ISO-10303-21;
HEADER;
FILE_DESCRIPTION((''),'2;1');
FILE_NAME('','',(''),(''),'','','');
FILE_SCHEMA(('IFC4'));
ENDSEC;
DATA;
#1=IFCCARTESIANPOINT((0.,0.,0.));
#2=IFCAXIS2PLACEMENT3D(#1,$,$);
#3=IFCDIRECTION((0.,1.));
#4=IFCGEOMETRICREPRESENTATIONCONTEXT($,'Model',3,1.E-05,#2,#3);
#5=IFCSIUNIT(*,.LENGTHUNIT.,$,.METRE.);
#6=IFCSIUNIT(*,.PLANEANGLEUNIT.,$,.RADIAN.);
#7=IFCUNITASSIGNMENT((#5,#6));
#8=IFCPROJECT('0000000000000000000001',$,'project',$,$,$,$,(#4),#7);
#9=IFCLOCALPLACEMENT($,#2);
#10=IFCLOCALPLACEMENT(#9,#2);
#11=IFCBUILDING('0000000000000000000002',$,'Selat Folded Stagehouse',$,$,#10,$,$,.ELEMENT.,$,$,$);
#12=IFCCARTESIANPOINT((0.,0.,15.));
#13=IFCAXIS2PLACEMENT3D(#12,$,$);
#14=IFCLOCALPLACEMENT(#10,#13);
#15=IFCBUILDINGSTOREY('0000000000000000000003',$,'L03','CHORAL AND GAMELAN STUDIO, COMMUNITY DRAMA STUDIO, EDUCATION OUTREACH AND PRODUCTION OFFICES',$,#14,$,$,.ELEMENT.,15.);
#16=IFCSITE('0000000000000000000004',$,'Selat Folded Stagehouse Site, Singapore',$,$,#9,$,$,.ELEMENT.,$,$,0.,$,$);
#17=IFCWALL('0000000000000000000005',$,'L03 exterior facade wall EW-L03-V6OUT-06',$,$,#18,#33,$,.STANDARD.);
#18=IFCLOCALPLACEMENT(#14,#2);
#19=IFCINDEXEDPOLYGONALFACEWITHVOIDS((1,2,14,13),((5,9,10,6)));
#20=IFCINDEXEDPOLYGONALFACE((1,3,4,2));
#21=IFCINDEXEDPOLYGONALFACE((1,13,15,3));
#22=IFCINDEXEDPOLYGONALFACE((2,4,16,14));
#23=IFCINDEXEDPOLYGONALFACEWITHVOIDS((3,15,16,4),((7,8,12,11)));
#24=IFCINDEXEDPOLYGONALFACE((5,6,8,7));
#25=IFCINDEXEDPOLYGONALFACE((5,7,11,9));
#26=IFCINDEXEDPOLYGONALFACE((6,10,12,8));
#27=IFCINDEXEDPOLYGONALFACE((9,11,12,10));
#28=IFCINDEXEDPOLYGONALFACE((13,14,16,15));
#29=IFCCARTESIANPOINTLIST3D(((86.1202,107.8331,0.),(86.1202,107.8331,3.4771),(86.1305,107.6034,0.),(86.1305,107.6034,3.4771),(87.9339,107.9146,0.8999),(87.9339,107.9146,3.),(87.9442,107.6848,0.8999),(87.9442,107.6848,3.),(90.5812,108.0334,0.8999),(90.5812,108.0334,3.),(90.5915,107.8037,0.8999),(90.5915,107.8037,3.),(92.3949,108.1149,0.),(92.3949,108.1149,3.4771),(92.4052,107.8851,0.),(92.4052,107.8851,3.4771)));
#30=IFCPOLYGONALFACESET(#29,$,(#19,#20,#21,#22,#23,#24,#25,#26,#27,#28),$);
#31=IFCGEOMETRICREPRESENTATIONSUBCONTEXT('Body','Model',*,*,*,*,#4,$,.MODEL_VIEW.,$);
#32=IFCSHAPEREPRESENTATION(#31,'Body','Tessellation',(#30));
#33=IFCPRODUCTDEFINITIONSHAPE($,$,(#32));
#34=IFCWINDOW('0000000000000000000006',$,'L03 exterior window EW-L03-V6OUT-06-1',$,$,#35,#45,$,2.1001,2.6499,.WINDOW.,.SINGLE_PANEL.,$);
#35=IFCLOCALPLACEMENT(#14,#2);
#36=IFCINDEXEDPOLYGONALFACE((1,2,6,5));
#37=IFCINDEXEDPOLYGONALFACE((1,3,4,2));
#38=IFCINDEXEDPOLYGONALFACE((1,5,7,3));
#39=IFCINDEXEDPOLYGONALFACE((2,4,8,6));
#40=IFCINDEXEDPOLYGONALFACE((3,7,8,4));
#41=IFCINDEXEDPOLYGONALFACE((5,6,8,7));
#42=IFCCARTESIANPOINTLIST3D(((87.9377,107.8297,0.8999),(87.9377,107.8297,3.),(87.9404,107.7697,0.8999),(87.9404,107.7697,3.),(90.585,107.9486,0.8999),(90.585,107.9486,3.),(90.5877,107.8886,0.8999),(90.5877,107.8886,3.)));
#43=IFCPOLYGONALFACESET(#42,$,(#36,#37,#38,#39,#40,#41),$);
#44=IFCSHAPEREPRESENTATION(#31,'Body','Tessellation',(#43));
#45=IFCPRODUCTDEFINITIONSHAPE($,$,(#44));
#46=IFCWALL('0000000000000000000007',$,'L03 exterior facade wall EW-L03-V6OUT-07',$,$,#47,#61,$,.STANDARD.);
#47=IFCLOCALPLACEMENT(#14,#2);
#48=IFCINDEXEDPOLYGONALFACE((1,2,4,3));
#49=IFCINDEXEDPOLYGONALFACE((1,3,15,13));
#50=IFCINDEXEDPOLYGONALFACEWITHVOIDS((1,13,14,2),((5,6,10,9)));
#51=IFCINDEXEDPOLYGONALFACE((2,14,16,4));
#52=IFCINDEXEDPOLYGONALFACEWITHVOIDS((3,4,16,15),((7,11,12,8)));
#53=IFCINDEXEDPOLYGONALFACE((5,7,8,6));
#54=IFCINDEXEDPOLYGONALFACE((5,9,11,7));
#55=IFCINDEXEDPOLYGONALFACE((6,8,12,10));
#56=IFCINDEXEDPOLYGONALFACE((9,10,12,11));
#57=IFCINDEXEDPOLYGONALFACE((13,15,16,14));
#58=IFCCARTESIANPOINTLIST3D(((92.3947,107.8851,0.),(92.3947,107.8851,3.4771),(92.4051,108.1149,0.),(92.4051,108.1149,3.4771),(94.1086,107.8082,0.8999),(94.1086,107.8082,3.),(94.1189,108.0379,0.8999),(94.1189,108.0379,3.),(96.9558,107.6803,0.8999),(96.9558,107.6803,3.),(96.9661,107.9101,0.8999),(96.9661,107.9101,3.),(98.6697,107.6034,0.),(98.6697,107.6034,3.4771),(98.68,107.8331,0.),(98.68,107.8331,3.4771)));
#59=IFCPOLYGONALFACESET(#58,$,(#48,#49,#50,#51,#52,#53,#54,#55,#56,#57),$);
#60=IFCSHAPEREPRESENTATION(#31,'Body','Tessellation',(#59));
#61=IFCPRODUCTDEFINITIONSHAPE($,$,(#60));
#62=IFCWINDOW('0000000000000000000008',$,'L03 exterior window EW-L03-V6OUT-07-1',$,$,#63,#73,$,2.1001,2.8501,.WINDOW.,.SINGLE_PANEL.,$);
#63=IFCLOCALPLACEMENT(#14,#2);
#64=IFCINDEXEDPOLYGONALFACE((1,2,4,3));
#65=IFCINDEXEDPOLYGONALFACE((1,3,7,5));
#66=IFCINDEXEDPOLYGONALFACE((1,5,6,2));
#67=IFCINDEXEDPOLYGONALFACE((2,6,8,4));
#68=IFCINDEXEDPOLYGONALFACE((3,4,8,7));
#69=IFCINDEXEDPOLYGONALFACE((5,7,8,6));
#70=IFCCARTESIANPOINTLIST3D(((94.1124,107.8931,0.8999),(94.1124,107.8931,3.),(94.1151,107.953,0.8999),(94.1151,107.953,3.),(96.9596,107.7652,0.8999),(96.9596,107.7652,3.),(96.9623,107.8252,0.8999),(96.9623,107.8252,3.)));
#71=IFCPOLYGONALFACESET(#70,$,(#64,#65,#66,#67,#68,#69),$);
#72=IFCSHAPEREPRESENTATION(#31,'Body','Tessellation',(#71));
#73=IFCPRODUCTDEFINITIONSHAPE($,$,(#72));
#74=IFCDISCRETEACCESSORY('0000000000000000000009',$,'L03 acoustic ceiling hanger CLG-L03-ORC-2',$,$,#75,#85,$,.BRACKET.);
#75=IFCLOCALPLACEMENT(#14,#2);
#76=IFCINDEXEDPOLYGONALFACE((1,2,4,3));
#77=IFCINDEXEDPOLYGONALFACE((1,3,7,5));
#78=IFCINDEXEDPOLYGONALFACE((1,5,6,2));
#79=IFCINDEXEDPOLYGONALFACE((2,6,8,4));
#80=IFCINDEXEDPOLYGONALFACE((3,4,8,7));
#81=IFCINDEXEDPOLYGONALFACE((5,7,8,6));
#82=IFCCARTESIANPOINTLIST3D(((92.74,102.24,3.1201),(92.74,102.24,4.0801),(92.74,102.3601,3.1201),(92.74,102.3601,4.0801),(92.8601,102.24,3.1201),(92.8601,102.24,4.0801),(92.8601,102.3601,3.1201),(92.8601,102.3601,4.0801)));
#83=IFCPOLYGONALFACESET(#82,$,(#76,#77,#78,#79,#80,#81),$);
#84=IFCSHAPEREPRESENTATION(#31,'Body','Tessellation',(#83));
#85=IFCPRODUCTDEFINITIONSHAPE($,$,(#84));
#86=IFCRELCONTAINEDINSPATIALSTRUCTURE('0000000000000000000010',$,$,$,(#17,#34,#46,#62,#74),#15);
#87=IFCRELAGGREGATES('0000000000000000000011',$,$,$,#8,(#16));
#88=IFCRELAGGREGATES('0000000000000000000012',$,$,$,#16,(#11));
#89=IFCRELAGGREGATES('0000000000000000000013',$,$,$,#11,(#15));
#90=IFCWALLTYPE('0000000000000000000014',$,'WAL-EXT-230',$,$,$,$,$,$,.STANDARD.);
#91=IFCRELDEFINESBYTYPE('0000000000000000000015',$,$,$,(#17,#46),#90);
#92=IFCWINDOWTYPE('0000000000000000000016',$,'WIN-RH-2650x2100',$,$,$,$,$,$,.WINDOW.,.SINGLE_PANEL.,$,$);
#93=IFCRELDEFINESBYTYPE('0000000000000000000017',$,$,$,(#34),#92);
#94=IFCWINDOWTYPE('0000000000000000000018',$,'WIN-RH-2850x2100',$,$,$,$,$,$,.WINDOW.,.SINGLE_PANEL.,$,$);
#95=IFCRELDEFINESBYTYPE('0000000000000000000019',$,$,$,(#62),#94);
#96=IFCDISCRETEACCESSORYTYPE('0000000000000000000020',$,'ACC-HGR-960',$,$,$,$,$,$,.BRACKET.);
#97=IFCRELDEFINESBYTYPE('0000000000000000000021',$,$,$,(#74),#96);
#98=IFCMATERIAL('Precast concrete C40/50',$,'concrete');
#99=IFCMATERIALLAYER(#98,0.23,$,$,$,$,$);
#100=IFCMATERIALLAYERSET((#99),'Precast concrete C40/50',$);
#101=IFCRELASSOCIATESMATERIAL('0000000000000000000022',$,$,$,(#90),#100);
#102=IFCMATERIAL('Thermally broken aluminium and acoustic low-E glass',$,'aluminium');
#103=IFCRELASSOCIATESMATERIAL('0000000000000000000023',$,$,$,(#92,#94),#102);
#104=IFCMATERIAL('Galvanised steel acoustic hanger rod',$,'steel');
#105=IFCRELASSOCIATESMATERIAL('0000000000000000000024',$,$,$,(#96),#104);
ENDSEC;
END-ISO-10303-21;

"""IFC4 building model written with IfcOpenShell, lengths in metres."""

from ifc_helpers import new_model, si_unit, direction, frame, frame_2d, origin, origin_2d, place, context, subcontext, project, spatial, rectangle, extrude, material, layer, layer_set, type_object, element, fill, save


model = new_model("IFC4")

# Units and contexts
model_context = context("Model", 3, precision=1e-05, world=origin(), true_north=direction((0.0, 1.0)))
body_context = subcontext(model_context, "Body", "Model", "MODEL_VIEW")
ifc_project = project(units=[si_unit("LENGTHUNIT", "METRE"), si_unit("PLANEANGLEUNIT", "RADIAN")], contexts=[model_context])

# Site, building, storey
site_placement = place(None, origin())
site = spatial("IfcSite", under=ifc_project, at=site_placement, Name="Selat Folded Stagehouse Site, Singapore", CompositionType="ELEMENT", RefElevation=0.0)
building_placement = place(site_placement, origin())
building = spatial("IfcBuilding", under=site, at=building_placement, Name="Selat Folded Stagehouse", CompositionType="ELEMENT")
storey_placement = place(building_placement, frame((0.0, 0.0, 15.0)))
storey = spatial("IfcBuildingStorey", under=building, at=storey_placement, Name="L03", Description="CHORAL AND GAMELAN STUDIO, COMMUNITY DRAMA STUDIO, EDUCATION OUTREACH AND PRODUCTION OFFICES", CompositionType="ELEMENT", Elevation=15.0)

# Walls, openings, windows
ifc_material_1 = material(Name="Precast concrete C40/50", Category="concrete")
ifc_layer_1 = layer(ifc_material_1, 0.23)
ifc_layer_set_1 = layer_set([ifc_layer_1], Name="Precast concrete C40/50")
wall_type_1 = type_object("IfcWallType", Name="WAL-EXT-230", PredefinedType="STANDARD", material=ifc_layer_set_1)
wall_1_placement = place(storey_placement, frame((86.1252, 107.7183, 0.0), z_axis=(0.0, 0.0, 1.0), x_axis=(0.998993, 0.044856, 0.0)))
wall_1 = element("IfcWall", 1, at=wall_1_placement, inside=storey, type_object=wall_type_1, Name="L03 exterior facade wall EW-L03-V6OUT-06", PredefinedType="STANDARD", context=body_context, shape_type="SweptSolid", body=[
    extrude(rectangle(XDim=6.281, YDim=0.23, at=frame_2d((3.1406, 0.0))), origin(), (0.0, 0.0, 1.0), 3.4771),
])
opening_1_placement = place(wall_1_placement, frame((1.8157, 0.0, 0.8999)))
opening_1 = element("IfcOpeningElement", 2, at=opening_1_placement, cuts=wall_1, PredefinedType="OPENING", context=body_context, shape_type="SweptSolid", body=[
    extrude(rectangle(XDim=2.6499, YDim=2.1001, at=frame_2d((1.325, 1.05))), frame((0.0, 0.125, 0.0), z_axis=(0.0, -1.0, 0.0), x_axis=(1.0, 0.0, 0.0)), (0.0, 0.0, 1.0), 0.25),
])
ifc_material_2 = material(Name="Thermally broken aluminium and acoustic low-E glass", Category="aluminium")
window_type_1 = type_object("IfcWindowType", Name="WIN-RH-2650x2100", PartitioningType="SINGLE_PANEL", PredefinedType="WINDOW", material=ifc_material_2)
window_1_placement = place(opening_1_placement, origin())
window_1 = element("IfcWindow", 3, at=window_1_placement, inside=storey, type_object=window_type_1, Name="L03 exterior window EW-L03-V6OUT-06-1", OverallHeight=2.1001, OverallWidth=2.6499, PartitioningType="SINGLE_PANEL", PredefinedType="WINDOW", context=body_context, shape_type="SweptSolid", body=[
    extrude(rectangle(XDim=2.6499, YDim=2.1001, at=frame_2d((1.325, 1.05))), frame((0.0, 0.03, 0.0), z_axis=(0.0, -1.0, 0.0), x_axis=(1.0, 0.0, 0.0)), (0.0, 0.0, 1.0), 0.0601),
])
fill(opening_1, window_1)
wall_2_placement = place(storey_placement, frame((92.3999, 108.0, 0.0), z_axis=(0.0, 0.0, 1.0), x_axis=(0.998994, -0.044854, 0.0)))
wall_2 = element("IfcWall", 4, at=wall_2_placement, inside=storey, type_object=wall_type_1, Name="L03 exterior facade wall EW-L03-V6OUT-07", PredefinedType="STANDARD", context=body_context, shape_type="SweptSolid", body=[
    extrude(rectangle(XDim=6.2812, YDim=0.23, at=frame_2d((3.1406, 0.0))), origin(), (0.0, 0.0, 1.0), 3.4771),
])
opening_2_placement = place(wall_2_placement, frame((1.7156, 0.0, 0.8999)))
opening_2 = element("IfcOpeningElement", 5, at=opening_2_placement, cuts=wall_2, PredefinedType="OPENING", context=body_context, shape_type="SweptSolid", body=[
    extrude(rectangle(XDim=2.8501, YDim=2.1001, at=frame_2d((1.425, 1.05))), frame((0.0, 0.125, 0.0), z_axis=(0.0, -1.0, 0.0), x_axis=(1.0, 0.0, 0.0)), (0.0, 0.0, 1.0), 0.25),
])
window_type_2 = type_object("IfcWindowType", Name="WIN-RH-2850x2100", PartitioningType="SINGLE_PANEL", PredefinedType="WINDOW", material=ifc_material_2)
window_2_placement = place(opening_2_placement, origin())
window_2 = element("IfcWindow", 6, at=window_2_placement, inside=storey, type_object=window_type_2, Name="L03 exterior window EW-L03-V6OUT-07-1", OverallHeight=2.1001, OverallWidth=2.8501, PartitioningType="SINGLE_PANEL", PredefinedType="WINDOW", context=body_context, shape_type="SweptSolid", body=[
    extrude(rectangle(XDim=2.8501, YDim=2.1001, at=frame_2d((1.425, 1.05))), frame((0.0, 0.03, 0.0), z_axis=(0.0, -1.0, 0.0), x_axis=(1.0, 0.0, 0.0)), (0.0, 0.0, 1.0), 0.0601),
])
fill(opening_2, window_2)

# Discrete accessory
ifc_material_3 = material(Name="Galvanised steel acoustic hanger rod", Category="steel")
discrete_accessory_type = type_object("IfcDiscreteAccessoryType", Name="ACC-HGR-960", PredefinedType="BRACKET", material=ifc_material_3)
discrete_accessory_placement = place(storey_placement, frame((92.8, 102.3, 3.1201), z_axis=(0.0, 0.0, 1.0), x_axis=(1.0, 0.0, 0.0)))
element("IfcDiscreteAccessory", 7, at=discrete_accessory_placement, inside=storey, type_object=discrete_accessory_type, Name="L03 acoustic ceiling hanger CLG-L03-ORC-2", PredefinedType="BRACKET", context=body_context, shape_type="SweptSolid", body=[
    extrude(rectangle(XDim=0.1201, YDim=0.1201, at=origin_2d()), origin(), (0.0, 0.0, 1.0), 0.96),
])

save(model, "model.ifc")
